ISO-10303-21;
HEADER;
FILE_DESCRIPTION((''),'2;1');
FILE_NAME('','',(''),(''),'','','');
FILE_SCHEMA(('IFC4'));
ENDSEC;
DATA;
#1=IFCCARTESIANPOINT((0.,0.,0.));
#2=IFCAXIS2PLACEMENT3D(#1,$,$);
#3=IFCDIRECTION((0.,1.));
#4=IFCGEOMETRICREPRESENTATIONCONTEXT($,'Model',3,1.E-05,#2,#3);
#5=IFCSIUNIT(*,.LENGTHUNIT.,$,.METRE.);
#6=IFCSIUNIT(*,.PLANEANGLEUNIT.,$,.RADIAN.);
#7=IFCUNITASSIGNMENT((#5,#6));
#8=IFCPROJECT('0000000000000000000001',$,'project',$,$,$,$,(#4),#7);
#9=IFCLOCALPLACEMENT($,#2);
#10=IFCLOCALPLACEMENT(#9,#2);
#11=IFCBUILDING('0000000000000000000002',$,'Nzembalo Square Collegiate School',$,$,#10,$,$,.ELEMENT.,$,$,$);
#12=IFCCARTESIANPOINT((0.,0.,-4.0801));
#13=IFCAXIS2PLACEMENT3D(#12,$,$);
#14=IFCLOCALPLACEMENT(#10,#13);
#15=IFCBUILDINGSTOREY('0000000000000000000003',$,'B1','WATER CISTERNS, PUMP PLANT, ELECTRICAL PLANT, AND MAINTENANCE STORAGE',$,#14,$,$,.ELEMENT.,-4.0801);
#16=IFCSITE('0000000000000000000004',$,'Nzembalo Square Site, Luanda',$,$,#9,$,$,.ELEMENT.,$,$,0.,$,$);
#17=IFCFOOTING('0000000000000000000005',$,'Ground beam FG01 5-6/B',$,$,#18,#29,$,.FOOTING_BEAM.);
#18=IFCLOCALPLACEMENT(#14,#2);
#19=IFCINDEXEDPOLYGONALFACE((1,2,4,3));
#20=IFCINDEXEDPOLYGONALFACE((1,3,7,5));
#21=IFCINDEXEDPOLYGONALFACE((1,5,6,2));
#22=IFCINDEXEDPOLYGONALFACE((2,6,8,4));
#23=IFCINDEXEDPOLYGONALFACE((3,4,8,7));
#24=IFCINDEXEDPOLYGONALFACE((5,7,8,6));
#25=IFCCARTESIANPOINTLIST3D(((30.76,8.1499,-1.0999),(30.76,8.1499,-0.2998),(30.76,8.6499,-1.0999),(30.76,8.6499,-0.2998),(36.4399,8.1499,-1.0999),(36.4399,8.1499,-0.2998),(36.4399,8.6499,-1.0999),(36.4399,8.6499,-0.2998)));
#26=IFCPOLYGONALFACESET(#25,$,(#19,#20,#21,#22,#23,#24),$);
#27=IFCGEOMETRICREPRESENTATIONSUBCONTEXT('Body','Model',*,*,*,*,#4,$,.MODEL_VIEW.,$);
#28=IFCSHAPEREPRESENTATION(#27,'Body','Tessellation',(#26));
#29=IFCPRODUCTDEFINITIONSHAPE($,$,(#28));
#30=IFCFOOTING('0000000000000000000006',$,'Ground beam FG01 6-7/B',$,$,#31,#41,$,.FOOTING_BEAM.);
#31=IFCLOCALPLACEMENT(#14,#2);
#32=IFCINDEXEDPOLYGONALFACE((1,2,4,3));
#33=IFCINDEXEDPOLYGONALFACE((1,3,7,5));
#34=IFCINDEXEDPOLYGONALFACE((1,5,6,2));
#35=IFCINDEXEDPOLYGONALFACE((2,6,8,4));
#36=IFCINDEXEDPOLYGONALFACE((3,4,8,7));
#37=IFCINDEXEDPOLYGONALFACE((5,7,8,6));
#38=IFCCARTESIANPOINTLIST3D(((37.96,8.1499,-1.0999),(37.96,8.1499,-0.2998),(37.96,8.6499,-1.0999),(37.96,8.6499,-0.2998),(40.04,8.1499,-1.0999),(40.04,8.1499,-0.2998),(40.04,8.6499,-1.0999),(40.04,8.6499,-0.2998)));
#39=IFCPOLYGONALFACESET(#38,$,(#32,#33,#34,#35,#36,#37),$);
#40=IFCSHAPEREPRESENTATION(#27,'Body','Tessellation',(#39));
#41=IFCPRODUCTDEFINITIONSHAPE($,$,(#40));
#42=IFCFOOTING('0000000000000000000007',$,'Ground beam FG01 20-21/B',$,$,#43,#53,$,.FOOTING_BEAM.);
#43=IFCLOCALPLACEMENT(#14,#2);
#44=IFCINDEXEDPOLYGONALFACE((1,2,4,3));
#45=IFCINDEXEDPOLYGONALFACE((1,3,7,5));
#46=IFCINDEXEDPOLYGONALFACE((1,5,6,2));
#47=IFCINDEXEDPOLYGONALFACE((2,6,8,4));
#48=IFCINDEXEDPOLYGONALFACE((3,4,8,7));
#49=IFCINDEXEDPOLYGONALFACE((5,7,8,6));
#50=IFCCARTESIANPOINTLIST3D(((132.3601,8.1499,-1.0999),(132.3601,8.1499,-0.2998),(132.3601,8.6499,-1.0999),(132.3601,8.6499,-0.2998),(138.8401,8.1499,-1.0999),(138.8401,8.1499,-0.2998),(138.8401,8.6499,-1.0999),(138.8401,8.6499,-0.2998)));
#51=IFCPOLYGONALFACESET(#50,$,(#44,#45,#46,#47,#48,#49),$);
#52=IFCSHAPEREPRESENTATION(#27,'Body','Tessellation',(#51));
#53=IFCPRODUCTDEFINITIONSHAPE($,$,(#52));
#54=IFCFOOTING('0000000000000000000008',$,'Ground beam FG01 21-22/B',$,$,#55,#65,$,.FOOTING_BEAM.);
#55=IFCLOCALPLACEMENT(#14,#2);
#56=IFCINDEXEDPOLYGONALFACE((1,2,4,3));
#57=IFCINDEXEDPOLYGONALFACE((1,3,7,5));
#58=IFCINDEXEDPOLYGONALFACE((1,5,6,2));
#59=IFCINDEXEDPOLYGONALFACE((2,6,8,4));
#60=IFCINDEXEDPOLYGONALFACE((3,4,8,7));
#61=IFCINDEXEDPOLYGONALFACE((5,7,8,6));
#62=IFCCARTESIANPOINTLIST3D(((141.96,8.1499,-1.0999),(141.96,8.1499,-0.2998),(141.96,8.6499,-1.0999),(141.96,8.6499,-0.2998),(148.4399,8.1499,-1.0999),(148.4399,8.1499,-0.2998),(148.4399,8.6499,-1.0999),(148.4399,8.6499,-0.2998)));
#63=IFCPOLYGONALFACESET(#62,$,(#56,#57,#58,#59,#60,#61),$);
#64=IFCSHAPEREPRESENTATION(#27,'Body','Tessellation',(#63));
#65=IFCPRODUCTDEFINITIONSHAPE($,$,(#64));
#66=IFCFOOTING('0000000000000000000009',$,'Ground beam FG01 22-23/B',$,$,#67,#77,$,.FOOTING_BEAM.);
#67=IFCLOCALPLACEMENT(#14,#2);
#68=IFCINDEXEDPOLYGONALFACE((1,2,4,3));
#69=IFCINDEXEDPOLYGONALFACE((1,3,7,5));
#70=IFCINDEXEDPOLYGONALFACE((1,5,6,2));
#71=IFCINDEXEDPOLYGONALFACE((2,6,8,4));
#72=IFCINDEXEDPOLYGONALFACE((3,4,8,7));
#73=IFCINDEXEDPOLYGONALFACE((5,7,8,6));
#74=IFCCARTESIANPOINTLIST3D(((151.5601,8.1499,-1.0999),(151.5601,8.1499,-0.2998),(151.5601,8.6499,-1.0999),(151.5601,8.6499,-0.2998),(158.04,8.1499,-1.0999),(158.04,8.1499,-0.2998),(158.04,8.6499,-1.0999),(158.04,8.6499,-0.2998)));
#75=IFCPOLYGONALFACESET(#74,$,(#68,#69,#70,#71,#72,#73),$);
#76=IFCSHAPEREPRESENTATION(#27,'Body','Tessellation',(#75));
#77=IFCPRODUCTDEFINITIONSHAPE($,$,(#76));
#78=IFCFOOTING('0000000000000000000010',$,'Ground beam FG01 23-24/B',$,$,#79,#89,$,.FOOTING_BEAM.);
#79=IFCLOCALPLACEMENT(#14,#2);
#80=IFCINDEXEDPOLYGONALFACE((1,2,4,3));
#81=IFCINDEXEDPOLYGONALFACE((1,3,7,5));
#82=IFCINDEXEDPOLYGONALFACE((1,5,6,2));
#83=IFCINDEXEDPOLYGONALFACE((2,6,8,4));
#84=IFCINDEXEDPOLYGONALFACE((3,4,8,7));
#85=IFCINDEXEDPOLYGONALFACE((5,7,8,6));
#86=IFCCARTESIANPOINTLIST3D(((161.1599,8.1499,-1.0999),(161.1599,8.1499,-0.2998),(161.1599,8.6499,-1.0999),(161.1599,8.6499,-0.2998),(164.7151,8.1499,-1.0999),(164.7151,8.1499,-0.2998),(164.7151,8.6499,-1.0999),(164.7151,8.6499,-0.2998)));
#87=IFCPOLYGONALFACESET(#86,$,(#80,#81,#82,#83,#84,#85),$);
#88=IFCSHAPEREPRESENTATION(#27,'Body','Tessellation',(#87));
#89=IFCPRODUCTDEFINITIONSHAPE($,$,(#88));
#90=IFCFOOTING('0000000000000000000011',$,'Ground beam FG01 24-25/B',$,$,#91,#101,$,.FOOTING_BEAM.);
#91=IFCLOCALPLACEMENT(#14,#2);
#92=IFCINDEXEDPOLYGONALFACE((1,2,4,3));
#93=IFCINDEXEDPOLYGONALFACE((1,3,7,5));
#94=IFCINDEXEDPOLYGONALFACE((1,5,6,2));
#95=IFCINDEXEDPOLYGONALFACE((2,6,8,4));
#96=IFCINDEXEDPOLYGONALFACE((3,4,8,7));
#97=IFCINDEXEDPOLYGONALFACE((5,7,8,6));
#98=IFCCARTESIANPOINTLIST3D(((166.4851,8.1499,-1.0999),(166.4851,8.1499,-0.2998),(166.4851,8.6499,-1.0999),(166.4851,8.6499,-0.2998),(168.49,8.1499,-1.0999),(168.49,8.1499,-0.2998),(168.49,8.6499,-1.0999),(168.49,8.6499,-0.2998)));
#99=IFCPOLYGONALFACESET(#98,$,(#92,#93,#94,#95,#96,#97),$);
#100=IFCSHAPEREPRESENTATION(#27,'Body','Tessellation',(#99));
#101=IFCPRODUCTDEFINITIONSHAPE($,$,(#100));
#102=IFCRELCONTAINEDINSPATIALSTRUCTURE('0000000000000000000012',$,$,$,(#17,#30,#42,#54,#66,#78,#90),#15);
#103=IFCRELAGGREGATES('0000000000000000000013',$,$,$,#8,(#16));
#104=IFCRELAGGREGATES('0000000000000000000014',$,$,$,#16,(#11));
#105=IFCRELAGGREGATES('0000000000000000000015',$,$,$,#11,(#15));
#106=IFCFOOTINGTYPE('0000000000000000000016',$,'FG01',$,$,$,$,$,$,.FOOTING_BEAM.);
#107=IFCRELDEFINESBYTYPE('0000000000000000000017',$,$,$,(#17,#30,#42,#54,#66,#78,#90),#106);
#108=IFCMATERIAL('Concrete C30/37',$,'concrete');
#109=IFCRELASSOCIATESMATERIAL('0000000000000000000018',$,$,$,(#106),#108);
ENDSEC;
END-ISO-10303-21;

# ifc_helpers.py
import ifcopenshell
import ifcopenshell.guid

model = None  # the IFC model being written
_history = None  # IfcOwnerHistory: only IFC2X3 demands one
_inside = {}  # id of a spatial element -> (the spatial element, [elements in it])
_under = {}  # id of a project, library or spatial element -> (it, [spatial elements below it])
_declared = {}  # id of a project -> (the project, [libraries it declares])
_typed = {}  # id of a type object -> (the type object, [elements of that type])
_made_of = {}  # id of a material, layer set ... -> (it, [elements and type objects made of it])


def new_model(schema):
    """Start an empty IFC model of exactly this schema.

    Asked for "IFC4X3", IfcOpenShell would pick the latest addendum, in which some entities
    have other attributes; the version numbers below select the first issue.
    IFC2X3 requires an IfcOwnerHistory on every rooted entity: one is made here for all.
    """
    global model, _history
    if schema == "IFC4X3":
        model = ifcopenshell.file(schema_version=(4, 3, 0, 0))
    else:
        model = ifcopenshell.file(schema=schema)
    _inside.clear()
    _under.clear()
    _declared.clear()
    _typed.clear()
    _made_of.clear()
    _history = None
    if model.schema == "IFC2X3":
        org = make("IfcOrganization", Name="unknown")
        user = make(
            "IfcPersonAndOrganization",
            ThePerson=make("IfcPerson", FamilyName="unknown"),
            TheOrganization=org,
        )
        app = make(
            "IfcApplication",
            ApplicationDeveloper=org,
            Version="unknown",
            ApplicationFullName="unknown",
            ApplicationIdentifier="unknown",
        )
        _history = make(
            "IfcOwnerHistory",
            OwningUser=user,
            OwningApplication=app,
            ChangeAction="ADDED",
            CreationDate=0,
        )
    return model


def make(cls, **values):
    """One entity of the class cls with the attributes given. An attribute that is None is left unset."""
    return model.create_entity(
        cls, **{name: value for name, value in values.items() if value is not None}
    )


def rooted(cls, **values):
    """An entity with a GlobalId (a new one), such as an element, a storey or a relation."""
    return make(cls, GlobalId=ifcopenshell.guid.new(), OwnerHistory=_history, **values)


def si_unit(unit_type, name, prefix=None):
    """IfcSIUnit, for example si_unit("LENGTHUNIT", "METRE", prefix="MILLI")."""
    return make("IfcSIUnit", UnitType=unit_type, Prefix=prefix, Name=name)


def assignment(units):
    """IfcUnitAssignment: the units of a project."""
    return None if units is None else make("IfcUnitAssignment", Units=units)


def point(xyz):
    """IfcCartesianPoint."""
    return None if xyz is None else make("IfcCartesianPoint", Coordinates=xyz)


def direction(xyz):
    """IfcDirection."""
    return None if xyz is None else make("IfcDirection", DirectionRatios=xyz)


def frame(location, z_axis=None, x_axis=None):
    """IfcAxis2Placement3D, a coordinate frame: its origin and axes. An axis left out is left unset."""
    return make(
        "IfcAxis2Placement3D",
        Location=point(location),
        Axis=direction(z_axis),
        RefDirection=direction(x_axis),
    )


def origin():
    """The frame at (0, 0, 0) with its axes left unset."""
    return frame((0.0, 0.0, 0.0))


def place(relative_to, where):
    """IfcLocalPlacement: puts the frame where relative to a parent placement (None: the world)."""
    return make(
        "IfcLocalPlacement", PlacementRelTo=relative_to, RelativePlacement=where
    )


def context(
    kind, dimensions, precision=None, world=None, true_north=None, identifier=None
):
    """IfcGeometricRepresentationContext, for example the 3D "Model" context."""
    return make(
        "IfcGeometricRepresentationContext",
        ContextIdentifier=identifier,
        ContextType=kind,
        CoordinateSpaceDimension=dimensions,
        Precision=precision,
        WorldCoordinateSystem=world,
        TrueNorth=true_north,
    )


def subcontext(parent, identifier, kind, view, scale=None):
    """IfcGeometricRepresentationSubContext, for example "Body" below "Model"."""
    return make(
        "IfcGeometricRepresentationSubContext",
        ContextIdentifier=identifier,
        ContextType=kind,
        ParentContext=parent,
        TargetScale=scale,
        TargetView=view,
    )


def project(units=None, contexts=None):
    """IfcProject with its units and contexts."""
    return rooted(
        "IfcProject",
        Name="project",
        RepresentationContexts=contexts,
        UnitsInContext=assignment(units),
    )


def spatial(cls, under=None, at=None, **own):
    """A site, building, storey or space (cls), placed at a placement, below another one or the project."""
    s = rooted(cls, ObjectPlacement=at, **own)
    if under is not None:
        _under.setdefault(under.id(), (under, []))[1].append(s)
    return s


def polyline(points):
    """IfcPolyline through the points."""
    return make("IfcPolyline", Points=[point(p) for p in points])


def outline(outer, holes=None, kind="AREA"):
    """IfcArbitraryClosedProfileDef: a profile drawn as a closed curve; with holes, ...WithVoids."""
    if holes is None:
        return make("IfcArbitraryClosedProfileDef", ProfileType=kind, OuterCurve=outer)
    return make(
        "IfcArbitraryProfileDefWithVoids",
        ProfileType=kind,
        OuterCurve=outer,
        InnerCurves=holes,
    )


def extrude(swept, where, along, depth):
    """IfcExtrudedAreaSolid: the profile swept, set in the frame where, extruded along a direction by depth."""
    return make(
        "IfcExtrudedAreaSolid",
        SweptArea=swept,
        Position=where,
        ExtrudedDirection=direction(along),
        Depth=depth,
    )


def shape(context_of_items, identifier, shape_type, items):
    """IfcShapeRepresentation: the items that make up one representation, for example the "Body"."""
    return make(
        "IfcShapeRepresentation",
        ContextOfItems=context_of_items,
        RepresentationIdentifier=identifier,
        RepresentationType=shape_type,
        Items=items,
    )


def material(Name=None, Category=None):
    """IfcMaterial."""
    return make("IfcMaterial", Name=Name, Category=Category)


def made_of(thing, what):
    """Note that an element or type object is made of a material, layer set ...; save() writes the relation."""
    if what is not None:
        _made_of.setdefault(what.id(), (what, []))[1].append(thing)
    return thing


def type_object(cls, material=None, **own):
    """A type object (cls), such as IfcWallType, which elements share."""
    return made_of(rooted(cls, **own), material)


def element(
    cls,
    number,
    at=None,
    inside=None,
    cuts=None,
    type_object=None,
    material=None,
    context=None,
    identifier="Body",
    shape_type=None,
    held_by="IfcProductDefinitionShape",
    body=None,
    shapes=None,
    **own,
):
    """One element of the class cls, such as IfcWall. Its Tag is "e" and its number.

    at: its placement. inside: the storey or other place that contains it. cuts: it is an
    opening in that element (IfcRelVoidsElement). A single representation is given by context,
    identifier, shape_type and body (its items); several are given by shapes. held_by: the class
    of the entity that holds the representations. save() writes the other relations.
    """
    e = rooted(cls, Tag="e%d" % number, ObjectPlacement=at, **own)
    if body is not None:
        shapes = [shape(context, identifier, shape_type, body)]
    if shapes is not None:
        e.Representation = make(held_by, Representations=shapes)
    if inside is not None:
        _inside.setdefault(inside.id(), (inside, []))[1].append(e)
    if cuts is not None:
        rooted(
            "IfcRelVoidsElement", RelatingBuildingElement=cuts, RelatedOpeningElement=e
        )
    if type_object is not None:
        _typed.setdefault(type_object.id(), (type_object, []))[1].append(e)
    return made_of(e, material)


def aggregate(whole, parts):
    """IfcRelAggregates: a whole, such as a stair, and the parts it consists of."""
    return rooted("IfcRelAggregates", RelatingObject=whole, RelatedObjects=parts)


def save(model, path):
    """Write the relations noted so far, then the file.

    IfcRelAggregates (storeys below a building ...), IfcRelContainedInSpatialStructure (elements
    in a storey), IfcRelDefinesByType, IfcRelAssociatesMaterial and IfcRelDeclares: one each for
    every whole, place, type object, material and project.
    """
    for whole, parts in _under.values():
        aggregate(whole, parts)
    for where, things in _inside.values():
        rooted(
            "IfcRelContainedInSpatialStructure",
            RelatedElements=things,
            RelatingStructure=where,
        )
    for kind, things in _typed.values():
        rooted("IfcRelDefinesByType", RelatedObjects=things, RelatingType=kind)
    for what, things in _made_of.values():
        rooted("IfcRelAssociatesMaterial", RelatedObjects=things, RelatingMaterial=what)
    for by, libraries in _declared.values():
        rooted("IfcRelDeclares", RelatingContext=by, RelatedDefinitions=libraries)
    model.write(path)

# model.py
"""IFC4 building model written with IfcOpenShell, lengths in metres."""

from ifc_helpers import new_model, si_unit, direction, frame, origin, place, context, subcontext, project, spatial, polyline, outline, extrude, material, type_object, element, save


model = new_model("IFC4")

# Units and contexts
model_context = context("Model", 3, precision=1e-05, world=origin(), true_north=direction((0.0, 1.0)))
body_context = subcontext(model_context, "Body", "Model", "MODEL_VIEW")
ifc_project = project(units=[si_unit("LENGTHUNIT", "METRE"), si_unit("PLANEANGLEUNIT", "RADIAN")], contexts=[model_context])

# Site, building, storey
site_placement = place(None, origin())
site = spatial("IfcSite", under=ifc_project, at=site_placement, Name="Nzembalo Square Site, Luanda", CompositionType="ELEMENT", RefElevation=0.0)
building_placement = place(site_placement, origin())
building = spatial("IfcBuilding", under=site, at=building_placement, Name="Nzembalo Square Collegiate School", CompositionType="ELEMENT")
storey_placement = place(building_placement, frame((0.0, 0.0, -4.0801)))
storey = spatial("IfcBuildingStorey", under=building, at=storey_placement, Name="B1", Description="WATER CISTERNS, PUMP PLANT, ELECTRICAL PLANT, AND MAINTENANCE STORAGE", CompositionType="ELEMENT", Elevation=-4.0801)

# Footings
ifc_material = material(Name="Concrete C30/37", Category="concrete")
footing_type = type_object("IfcFootingType", Name="FG01", PredefinedType="FOOTING_BEAM", material=ifc_material)
footing_1_placement = place(storey_placement, frame((0.0, 0.0, -1.0999)))
element("IfcFooting", 1, at=footing_1_placement, inside=storey, type_object=footing_type, Name="Ground beam FG01 5-6/B", PredefinedType="FOOTING_BEAM", context=body_context, shape_type="SweptSolid", body=[
    extrude(outline(polyline([(30.76, 8.1499), (36.4399, 8.1499), (36.4399, 8.6499), (30.76, 8.6499), (30.76, 8.1499)])), origin(), (0.0, 0.0, 1.0), 0.8),
])
footing_2_placement = place(storey_placement, frame((0.0, 0.0, -1.0999)))
element("IfcFooting", 2, at=footing_2_placement, inside=storey, type_object=footing_type, Name="Ground beam FG01 6-7/B", PredefinedType="FOOTING_BEAM", context=body_context, shape_type="SweptSolid", body=[
    extrude(outline(polyline([(37.96, 8.1499), (40.04, 8.1499), (40.04, 8.6499), (37.96, 8.6499), (37.96, 8.1499)])), origin(), (0.0, 0.0, 1.0), 0.8),
])
footing_3_placement = place(storey_placement, frame((0.0, 0.0, -1.0999)))
element("IfcFooting", 3, at=footing_3_placement, inside=storey, type_object=footing_type, Name="Ground beam FG01 20-21/B", PredefinedType="FOOTING_BEAM", context=body_context, shape_type="SweptSolid", body=[
    extrude(outline(polyline([(132.3601, 8.1499), (138.8401, 8.1499), (138.8401, 8.6499), (132.3601, 8.6499), (132.3601, 8.1499)])), origin(), (0.0, 0.0, 1.0), 0.8),
])
footing_4_placement = place(storey_placement, frame((0.0, 0.0, -1.0999)))
element("IfcFooting", 4, at=footing_4_placement, inside=storey, type_object=footing_type, Name="Ground beam FG01 21-22/B", PredefinedType="FOOTING_BEAM", context=body_context, shape_type="SweptSolid", body=[
    extrude(outline(polyline([(141.96, 8.1499), (148.4399, 8.1499), (148.4399, 8.6499), (141.96, 8.6499), (141.96, 8.1499)])), origin(), (0.0, 0.0, 1.0), 0.8),
])
footing_5_placement = place(storey_placement, frame((0.0, 0.0, -1.0999)))
element("IfcFooting", 5, at=footing_5_placement, inside=storey, type_object=footing_type, Name="Ground beam FG01 22-23/B", PredefinedType="FOOTING_BEAM", context=body_context, shape_type="SweptSolid", body=[
    extrude(outline(polyline([(151.5601, 8.1499), (158.04, 8.1499), (158.04, 8.6499), (151.5601, 8.6499), (151.5601, 8.1499)])), origin(), (0.0, 0.0, 1.0), 0.8),
])
footing_6_placement = place(storey_placement, frame((0.0, 0.0, -1.0999)))
element("IfcFooting", 6, at=footing_6_placement, inside=storey, type_object=footing_type, Name="Ground beam FG01 23-24/B", PredefinedType="FOOTING_BEAM", context=body_context, shape_type="SweptSolid", body=[
    extrude(outline(polyline([(161.1599, 8.1499), (164.7151, 8.1499), (164.7151, 8.6499), (161.1599, 8.6499), (161.1599, 8.1499)])), origin(), (0.0, 0.0, 1.0), 0.8),
])
footing_7_placement = place(storey_placement, frame((0.0, 0.0, -1.0999)))
element("IfcFooting", 7, at=footing_7_placement, inside=storey, type_object=footing_type, Name="Ground beam FG01 24-25/B", PredefinedType="FOOTING_BEAM", context=body_context, shape_type="SweptSolid", body=[
    extrude(outline(polyline([(166.4851, 8.1499), (168.49, 8.1499), (168.49, 8.6499), (166.4851, 8.6499), (166.4851, 8.1499)])), origin(), (0.0, 0.0, 1.0), 0.8),
])

save(model, "model.ifc")
